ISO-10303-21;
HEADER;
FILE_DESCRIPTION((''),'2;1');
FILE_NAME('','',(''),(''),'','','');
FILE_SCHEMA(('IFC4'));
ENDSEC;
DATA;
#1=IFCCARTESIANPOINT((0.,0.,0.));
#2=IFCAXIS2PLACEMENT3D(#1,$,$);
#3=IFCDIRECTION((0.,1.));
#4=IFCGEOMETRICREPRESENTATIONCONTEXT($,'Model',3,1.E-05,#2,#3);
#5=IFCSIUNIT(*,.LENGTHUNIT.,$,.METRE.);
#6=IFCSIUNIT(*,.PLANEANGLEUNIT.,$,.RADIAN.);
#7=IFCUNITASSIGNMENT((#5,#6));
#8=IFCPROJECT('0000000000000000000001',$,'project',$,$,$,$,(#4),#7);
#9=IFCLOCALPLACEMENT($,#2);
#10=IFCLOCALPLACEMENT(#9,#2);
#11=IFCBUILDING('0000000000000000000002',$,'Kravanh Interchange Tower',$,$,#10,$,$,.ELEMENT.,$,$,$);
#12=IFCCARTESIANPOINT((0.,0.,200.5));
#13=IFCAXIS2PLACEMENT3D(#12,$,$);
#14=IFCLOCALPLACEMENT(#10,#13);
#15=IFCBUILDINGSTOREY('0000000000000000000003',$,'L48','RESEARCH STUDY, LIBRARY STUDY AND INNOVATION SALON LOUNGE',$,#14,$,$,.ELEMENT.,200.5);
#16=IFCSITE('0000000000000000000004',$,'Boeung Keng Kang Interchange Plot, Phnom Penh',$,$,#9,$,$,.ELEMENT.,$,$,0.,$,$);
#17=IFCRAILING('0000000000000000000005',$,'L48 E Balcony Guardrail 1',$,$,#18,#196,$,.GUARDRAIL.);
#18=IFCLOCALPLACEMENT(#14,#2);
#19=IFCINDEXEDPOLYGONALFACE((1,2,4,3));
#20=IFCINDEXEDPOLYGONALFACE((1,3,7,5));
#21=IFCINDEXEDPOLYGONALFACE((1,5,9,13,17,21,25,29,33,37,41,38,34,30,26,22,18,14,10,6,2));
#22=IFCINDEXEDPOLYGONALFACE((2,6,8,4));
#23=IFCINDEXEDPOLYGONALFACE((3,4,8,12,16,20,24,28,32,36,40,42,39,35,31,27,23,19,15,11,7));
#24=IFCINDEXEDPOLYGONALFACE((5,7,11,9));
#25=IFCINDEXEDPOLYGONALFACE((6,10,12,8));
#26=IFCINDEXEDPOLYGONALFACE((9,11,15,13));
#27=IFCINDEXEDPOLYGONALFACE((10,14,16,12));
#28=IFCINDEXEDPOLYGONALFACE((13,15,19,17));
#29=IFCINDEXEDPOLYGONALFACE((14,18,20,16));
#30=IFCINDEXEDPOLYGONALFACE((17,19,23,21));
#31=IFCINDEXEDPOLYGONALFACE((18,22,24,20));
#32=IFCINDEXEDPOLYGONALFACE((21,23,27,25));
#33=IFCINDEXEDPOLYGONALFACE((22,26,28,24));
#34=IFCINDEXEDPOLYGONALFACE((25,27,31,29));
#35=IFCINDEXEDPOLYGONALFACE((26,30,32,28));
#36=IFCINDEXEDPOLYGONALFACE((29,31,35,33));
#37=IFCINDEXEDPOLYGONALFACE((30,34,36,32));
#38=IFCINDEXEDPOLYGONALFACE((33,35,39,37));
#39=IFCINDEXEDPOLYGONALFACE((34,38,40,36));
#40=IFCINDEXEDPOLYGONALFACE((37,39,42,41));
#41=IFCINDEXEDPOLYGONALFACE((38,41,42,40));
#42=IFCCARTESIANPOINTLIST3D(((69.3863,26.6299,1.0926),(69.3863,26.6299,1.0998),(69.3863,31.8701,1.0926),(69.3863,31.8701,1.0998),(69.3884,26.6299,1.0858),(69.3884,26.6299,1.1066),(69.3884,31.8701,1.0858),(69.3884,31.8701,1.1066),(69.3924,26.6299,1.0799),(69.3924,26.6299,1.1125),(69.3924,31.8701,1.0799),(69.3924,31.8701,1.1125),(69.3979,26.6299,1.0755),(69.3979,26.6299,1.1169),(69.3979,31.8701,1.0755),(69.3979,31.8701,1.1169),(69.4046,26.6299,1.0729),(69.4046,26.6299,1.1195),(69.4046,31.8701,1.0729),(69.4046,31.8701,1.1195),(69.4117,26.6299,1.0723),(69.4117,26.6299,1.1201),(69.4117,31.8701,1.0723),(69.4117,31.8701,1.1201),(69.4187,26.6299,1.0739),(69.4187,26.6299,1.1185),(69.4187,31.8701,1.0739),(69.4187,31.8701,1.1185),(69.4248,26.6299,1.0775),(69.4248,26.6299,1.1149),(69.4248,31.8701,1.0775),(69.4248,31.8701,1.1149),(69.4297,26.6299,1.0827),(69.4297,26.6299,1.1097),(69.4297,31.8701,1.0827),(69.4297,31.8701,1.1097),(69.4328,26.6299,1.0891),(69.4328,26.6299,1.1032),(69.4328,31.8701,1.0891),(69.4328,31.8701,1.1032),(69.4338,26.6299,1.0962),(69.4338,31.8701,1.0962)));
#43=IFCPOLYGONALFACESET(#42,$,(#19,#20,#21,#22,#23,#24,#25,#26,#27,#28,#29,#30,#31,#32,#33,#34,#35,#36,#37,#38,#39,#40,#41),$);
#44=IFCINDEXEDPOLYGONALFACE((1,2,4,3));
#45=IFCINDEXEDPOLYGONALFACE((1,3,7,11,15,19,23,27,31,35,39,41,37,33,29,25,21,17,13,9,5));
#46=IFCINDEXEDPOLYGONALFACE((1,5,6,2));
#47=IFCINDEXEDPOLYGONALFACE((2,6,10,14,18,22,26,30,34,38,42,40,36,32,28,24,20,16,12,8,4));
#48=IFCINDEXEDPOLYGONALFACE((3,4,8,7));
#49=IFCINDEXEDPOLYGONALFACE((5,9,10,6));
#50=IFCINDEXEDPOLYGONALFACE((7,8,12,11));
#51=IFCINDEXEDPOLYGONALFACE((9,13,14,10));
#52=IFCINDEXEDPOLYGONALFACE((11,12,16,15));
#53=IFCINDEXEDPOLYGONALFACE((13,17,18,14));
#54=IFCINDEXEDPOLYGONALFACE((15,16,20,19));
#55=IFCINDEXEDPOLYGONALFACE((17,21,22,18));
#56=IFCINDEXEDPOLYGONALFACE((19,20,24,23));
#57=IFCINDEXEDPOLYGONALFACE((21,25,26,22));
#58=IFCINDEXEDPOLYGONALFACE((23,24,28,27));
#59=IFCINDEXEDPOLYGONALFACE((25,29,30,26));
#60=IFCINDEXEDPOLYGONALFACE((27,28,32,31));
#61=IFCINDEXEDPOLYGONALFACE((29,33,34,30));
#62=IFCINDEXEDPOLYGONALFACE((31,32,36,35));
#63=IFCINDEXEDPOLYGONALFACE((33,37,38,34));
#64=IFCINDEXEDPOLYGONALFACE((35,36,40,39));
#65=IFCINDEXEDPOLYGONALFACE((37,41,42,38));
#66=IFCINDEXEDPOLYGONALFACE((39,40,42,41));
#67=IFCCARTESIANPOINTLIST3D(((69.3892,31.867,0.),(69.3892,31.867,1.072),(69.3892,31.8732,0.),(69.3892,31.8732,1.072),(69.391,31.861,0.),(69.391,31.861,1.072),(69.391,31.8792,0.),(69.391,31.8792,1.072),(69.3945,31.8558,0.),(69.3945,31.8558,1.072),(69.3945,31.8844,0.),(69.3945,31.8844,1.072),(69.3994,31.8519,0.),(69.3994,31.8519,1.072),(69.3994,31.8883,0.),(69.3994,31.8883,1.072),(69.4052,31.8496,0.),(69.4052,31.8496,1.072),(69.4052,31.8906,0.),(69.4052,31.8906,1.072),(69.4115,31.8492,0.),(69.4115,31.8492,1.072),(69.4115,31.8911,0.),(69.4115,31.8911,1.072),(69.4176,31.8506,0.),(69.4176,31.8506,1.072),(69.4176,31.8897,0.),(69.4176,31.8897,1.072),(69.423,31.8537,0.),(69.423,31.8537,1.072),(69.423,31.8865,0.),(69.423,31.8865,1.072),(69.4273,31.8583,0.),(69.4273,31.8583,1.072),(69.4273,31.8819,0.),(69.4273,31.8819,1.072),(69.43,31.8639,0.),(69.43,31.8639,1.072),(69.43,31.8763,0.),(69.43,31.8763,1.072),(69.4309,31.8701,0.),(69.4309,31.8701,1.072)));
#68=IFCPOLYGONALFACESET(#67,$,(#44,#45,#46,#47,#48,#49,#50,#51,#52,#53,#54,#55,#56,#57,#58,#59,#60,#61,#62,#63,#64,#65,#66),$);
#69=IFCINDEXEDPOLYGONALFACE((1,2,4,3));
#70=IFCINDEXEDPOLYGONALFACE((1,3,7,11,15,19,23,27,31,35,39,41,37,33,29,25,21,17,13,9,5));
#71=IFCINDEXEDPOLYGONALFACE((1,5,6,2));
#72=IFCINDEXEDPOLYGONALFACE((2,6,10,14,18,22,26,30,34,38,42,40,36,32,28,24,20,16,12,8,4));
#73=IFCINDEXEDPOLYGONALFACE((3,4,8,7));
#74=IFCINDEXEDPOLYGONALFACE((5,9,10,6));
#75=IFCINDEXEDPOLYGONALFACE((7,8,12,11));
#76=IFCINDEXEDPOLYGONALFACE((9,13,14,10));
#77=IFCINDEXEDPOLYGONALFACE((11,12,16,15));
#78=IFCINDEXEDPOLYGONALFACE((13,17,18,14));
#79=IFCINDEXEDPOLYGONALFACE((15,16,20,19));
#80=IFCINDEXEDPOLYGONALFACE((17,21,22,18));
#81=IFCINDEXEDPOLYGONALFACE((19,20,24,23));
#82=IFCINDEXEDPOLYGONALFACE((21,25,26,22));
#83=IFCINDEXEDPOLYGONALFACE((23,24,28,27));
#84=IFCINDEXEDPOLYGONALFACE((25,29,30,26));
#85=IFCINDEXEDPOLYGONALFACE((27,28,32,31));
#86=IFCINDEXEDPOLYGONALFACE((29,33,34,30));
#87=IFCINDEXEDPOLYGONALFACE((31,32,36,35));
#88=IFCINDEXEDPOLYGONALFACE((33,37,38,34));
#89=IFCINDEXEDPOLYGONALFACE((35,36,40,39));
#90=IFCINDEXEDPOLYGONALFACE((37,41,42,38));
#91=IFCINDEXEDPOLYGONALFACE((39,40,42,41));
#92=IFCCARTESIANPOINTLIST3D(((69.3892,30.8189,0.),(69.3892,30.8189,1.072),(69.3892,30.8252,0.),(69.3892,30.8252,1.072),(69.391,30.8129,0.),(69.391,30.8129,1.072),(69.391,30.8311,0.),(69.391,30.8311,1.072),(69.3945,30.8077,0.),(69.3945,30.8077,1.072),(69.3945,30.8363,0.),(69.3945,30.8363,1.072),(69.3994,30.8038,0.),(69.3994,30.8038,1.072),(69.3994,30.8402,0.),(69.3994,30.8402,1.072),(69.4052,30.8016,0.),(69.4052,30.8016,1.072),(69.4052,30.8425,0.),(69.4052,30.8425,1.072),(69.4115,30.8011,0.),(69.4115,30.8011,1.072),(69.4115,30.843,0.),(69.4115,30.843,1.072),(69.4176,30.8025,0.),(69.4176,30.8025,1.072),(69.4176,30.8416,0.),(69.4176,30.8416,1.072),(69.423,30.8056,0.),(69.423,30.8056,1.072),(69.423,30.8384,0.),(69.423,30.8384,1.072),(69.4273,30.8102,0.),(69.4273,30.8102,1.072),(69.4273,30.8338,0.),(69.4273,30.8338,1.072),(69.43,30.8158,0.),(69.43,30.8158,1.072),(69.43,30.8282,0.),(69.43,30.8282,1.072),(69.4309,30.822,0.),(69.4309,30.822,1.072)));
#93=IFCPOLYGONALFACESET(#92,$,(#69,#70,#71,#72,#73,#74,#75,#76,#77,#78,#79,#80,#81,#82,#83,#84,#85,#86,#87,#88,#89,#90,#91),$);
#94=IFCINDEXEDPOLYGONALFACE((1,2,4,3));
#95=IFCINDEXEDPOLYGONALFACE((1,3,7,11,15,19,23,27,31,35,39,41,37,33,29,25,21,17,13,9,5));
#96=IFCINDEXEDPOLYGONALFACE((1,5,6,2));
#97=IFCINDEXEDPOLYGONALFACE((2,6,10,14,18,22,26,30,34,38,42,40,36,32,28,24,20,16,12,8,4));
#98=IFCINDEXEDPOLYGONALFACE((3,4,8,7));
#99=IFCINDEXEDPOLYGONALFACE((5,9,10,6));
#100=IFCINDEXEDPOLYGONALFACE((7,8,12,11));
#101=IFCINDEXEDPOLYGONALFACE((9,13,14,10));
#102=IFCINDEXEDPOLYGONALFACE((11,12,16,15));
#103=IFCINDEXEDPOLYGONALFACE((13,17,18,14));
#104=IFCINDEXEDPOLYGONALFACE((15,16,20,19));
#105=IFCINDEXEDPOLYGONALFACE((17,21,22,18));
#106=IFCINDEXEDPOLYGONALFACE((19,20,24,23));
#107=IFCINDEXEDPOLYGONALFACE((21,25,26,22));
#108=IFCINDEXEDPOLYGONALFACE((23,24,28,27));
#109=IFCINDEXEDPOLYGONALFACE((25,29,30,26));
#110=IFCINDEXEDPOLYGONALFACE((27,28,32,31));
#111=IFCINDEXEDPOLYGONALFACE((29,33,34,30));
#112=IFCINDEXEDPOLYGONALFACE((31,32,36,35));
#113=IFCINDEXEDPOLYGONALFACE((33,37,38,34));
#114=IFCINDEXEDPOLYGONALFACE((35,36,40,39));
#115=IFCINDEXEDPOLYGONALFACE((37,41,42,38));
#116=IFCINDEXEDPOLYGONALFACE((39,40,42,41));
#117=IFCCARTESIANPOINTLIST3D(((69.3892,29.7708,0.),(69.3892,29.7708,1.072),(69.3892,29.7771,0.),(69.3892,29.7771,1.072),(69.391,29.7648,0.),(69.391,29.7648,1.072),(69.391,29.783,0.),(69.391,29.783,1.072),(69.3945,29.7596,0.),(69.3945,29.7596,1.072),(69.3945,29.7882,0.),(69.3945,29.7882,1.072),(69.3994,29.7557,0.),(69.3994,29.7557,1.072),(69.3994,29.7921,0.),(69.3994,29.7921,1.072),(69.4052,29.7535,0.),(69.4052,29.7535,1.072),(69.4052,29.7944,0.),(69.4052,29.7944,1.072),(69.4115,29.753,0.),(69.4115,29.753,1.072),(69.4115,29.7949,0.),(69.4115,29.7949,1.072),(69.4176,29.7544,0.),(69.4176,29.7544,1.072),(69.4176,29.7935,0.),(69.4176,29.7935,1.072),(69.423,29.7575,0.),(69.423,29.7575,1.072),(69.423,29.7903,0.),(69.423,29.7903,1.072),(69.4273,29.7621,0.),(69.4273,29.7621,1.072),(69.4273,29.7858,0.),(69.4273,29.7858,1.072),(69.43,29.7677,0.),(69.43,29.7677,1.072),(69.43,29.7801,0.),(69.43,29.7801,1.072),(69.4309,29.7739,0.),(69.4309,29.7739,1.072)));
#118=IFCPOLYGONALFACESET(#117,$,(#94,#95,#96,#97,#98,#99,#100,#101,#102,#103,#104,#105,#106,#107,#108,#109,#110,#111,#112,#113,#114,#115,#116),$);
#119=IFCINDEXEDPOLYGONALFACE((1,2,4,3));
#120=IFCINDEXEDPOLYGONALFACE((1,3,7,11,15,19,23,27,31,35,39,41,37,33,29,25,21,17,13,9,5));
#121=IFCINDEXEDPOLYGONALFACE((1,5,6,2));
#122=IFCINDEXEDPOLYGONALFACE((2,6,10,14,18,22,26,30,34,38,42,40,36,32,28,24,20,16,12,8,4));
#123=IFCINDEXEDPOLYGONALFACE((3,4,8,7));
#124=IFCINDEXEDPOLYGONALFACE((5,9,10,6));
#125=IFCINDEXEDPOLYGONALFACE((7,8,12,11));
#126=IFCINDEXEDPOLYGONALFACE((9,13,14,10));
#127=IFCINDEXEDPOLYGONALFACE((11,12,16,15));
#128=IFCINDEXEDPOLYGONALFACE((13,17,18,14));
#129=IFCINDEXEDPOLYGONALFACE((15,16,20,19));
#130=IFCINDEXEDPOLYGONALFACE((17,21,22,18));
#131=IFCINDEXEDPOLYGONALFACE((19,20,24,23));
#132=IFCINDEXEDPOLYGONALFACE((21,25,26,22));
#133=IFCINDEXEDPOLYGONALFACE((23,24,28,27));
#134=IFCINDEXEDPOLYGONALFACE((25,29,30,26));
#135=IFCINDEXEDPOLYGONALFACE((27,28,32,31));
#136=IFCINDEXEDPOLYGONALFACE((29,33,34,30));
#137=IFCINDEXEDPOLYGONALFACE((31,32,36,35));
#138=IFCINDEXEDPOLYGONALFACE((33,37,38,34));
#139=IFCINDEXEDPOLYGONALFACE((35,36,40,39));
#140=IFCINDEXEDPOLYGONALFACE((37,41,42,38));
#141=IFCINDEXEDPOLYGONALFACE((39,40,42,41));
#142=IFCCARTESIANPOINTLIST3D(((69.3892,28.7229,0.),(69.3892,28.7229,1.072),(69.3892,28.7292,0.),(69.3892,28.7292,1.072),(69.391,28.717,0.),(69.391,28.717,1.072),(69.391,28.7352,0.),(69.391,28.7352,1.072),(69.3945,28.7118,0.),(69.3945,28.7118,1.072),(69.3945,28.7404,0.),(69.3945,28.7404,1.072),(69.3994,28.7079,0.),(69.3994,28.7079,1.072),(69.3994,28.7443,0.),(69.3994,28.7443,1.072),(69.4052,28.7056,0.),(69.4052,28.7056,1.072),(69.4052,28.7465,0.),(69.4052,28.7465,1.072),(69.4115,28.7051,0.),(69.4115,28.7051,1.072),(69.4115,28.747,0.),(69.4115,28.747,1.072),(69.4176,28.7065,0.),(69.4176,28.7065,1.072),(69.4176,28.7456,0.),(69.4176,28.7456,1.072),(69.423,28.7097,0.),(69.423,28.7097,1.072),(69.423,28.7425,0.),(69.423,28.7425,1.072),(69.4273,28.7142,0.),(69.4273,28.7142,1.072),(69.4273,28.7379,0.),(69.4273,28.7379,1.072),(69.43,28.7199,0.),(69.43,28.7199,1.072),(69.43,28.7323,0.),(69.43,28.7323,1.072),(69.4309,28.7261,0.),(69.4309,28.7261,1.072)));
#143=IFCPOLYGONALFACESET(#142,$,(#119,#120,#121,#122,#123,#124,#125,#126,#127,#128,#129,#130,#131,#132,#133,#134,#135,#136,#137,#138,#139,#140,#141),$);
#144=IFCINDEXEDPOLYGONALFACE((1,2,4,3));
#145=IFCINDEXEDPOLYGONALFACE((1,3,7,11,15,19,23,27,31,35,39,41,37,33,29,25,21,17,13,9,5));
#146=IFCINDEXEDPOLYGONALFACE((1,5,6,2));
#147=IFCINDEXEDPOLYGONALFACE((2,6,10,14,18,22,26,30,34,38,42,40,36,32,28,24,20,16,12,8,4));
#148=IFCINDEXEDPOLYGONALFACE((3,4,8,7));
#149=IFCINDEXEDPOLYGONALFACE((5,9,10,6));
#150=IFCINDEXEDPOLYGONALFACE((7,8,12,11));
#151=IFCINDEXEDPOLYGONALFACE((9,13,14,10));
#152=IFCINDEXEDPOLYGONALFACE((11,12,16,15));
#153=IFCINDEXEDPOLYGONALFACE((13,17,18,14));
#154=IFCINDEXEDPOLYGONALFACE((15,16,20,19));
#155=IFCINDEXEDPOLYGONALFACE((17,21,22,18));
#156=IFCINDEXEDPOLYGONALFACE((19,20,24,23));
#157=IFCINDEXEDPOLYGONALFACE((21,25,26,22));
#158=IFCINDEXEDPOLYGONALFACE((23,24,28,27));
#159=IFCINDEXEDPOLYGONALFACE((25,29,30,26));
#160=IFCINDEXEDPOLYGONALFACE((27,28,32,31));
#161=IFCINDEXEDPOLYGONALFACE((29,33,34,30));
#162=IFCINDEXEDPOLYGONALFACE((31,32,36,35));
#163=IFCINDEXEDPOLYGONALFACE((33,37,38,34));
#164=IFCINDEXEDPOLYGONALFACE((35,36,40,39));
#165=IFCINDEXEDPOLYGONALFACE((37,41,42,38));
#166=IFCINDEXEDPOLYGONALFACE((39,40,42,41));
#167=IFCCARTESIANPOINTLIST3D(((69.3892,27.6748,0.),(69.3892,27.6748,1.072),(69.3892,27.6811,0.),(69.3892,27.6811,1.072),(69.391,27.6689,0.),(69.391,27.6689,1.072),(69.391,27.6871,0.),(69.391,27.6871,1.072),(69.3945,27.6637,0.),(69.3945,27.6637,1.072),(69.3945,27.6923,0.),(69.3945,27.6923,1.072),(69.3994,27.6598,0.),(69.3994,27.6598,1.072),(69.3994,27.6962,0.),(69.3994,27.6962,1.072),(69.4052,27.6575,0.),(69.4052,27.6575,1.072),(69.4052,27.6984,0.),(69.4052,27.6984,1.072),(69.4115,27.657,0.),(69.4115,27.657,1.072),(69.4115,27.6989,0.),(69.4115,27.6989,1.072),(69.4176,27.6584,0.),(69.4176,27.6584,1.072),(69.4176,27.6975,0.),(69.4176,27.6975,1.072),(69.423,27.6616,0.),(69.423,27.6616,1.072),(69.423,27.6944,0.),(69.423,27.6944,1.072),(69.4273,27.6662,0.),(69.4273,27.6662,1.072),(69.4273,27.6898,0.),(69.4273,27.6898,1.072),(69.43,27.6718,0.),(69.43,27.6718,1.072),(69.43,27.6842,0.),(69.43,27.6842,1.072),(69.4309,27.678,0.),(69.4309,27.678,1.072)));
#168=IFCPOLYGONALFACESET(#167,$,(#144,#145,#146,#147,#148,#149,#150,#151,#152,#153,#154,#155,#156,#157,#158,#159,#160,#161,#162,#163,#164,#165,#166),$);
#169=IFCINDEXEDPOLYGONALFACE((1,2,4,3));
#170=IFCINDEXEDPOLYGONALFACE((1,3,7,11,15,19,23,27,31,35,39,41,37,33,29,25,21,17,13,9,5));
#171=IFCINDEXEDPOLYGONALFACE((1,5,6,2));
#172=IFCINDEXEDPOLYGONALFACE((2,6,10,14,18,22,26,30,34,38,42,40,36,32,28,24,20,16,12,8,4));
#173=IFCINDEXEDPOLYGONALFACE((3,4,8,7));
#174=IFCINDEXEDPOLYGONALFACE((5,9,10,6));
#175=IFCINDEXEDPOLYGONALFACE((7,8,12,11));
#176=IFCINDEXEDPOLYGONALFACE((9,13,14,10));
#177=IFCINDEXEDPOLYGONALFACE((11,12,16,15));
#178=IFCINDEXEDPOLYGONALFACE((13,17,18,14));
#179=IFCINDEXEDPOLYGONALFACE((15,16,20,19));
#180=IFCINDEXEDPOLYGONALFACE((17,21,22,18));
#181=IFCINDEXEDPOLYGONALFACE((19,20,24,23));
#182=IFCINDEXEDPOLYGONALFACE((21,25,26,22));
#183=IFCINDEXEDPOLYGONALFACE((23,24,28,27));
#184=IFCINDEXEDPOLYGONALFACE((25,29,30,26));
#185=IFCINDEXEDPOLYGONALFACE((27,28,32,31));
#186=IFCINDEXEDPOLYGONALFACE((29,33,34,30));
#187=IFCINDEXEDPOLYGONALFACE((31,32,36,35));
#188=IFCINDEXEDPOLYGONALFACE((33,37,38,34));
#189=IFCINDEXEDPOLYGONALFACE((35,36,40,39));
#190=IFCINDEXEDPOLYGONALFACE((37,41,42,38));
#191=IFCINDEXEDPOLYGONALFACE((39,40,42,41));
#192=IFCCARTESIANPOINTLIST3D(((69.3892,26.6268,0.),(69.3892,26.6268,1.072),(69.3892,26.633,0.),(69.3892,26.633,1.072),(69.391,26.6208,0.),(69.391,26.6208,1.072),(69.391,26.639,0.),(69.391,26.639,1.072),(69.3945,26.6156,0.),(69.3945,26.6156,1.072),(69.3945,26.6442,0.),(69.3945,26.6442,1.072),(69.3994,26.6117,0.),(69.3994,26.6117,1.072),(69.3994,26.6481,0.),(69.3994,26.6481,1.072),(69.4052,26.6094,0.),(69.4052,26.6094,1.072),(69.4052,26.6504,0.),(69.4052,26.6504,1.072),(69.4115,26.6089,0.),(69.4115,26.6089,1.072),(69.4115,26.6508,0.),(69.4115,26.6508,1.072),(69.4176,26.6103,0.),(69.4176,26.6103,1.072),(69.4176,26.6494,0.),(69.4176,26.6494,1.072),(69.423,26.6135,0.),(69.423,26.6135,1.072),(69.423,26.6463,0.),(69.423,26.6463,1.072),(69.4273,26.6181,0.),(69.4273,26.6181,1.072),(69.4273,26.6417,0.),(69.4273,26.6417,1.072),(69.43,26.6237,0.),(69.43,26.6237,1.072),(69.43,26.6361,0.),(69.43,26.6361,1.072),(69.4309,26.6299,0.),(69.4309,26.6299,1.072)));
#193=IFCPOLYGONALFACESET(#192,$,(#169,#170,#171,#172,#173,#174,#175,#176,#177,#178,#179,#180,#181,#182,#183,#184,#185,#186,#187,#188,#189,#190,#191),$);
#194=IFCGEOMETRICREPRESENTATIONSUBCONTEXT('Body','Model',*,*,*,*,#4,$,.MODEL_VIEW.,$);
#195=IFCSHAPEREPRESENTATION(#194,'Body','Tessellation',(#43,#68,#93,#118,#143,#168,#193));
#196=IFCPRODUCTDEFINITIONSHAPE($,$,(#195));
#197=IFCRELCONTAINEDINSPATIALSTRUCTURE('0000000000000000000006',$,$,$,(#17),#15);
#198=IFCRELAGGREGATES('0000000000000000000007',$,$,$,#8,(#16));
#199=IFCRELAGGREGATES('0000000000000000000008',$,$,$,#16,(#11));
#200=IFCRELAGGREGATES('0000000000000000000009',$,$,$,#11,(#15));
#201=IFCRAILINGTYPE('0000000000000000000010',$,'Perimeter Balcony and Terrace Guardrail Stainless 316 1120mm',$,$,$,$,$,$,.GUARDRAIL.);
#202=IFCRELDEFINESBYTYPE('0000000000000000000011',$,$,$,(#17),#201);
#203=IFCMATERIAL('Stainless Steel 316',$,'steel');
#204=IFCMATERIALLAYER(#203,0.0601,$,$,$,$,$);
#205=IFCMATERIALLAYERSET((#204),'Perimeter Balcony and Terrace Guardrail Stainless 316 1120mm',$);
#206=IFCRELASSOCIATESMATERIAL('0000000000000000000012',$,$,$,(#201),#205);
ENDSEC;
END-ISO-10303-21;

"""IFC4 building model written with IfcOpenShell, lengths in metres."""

from ifc_helpers import new_model, si_unit, direction, frame, origin, origin_2d, place, context, subcontext, project, spatial, circle, extrude, material, layer, layer_set, type_object, element, save


model = new_model("IFC4")

# Units and contexts
model_context = context("Model", 3, precision=1e-05, world=origin(), true_north=direction((0.0, 1.0)))
body_context = subcontext(model_context, "Body", "Model", "MODEL_VIEW")
ifc_project = project(units=[si_unit("LENGTHUNIT", "METRE"), si_unit("PLANEANGLEUNIT", "RADIAN")], contexts=[model_context])

# Site, building, storey
site_placement = place(None, origin())
site = spatial("IfcSite", under=ifc_project, at=site_placement, Name="Boeung Keng Kang Interchange Plot, Phnom Penh", CompositionType="ELEMENT", RefElevation=0.0)
building_placement = place(site_placement, origin())
building = spatial("IfcBuilding", under=site, at=building_placement, Name="Kravanh Interchange Tower", CompositionType="ELEMENT")
storey_placement = place(building_placement, frame((0.0, 0.0, 200.5)))
storey = spatial("IfcBuildingStorey", under=building, at=storey_placement, Name="L48", Description="RESEARCH STUDY, LIBRARY STUDY AND INNOVATION SALON LOUNGE", CompositionType="ELEMENT", Elevation=200.5)

# Railing
ifc_material_1 = material(Name="Stainless Steel 316", Category="steel")
ifc_layer_1 = layer(ifc_material_1, 0.0601)
ifc_layer_set_1 = layer_set([ifc_layer_1], Name="Perimeter Balcony and Terrace Guardrail Stainless 316 1120mm")
railing_type_1 = type_object("IfcRailingType", Name="Perimeter Balcony and Terrace Guardrail Stainless 316 1120mm", PredefinedType="GUARDRAIL", material=ifc_layer_set_1)
railing_1_placement = place(storey_placement, frame((69.4099, 31.8701, 0.0)))
element("IfcRailing", 1, at=railing_1_placement, inside=storey, type_object=railing_type_1, Name="L48 E Balcony Guardrail 1", PredefinedType="GUARDRAIL", context=body_context, shape_type="SweptSolid", body=[
    extrude(circle(Radius=0.0239, at=origin_2d()), frame((0.0, 0.0, 1.0962), z_axis=(0.0, -1.0, 0.0), x_axis=(1.0, 0.0, 0.0)), (0.0, 0.0, 1.0), 5.2402),
    extrude(circle(Radius=0.021, at=origin_2d()), origin(), (0.0, 0.0, 1.0), 1.072),
    extrude(circle(Radius=0.021, at=origin_2d()), frame((0.0, -1.0481, 0.0)), (0.0, 0.0, 1.0), 1.072),
    extrude(circle(Radius=0.021, at=origin_2d()), frame((0.0, -2.0962, 0.0)), (0.0, 0.0, 1.0), 1.072),
    extrude(circle(Radius=0.021, at=origin_2d()), frame((0.0, -3.144, 0.0)), (0.0, 0.0, 1.0), 1.072),
    extrude(circle(Radius=0.021, at=origin_2d()), frame((0.0, -4.1921, 0.0)), (0.0, 0.0, 1.0), 1.072),
    extrude(circle(Radius=0.021, at=origin_2d()), frame((0.0, -5.2402, 0.0)), (0.0, 0.0, 1.0), 1.072),
])

save(model, "model.ifc")
